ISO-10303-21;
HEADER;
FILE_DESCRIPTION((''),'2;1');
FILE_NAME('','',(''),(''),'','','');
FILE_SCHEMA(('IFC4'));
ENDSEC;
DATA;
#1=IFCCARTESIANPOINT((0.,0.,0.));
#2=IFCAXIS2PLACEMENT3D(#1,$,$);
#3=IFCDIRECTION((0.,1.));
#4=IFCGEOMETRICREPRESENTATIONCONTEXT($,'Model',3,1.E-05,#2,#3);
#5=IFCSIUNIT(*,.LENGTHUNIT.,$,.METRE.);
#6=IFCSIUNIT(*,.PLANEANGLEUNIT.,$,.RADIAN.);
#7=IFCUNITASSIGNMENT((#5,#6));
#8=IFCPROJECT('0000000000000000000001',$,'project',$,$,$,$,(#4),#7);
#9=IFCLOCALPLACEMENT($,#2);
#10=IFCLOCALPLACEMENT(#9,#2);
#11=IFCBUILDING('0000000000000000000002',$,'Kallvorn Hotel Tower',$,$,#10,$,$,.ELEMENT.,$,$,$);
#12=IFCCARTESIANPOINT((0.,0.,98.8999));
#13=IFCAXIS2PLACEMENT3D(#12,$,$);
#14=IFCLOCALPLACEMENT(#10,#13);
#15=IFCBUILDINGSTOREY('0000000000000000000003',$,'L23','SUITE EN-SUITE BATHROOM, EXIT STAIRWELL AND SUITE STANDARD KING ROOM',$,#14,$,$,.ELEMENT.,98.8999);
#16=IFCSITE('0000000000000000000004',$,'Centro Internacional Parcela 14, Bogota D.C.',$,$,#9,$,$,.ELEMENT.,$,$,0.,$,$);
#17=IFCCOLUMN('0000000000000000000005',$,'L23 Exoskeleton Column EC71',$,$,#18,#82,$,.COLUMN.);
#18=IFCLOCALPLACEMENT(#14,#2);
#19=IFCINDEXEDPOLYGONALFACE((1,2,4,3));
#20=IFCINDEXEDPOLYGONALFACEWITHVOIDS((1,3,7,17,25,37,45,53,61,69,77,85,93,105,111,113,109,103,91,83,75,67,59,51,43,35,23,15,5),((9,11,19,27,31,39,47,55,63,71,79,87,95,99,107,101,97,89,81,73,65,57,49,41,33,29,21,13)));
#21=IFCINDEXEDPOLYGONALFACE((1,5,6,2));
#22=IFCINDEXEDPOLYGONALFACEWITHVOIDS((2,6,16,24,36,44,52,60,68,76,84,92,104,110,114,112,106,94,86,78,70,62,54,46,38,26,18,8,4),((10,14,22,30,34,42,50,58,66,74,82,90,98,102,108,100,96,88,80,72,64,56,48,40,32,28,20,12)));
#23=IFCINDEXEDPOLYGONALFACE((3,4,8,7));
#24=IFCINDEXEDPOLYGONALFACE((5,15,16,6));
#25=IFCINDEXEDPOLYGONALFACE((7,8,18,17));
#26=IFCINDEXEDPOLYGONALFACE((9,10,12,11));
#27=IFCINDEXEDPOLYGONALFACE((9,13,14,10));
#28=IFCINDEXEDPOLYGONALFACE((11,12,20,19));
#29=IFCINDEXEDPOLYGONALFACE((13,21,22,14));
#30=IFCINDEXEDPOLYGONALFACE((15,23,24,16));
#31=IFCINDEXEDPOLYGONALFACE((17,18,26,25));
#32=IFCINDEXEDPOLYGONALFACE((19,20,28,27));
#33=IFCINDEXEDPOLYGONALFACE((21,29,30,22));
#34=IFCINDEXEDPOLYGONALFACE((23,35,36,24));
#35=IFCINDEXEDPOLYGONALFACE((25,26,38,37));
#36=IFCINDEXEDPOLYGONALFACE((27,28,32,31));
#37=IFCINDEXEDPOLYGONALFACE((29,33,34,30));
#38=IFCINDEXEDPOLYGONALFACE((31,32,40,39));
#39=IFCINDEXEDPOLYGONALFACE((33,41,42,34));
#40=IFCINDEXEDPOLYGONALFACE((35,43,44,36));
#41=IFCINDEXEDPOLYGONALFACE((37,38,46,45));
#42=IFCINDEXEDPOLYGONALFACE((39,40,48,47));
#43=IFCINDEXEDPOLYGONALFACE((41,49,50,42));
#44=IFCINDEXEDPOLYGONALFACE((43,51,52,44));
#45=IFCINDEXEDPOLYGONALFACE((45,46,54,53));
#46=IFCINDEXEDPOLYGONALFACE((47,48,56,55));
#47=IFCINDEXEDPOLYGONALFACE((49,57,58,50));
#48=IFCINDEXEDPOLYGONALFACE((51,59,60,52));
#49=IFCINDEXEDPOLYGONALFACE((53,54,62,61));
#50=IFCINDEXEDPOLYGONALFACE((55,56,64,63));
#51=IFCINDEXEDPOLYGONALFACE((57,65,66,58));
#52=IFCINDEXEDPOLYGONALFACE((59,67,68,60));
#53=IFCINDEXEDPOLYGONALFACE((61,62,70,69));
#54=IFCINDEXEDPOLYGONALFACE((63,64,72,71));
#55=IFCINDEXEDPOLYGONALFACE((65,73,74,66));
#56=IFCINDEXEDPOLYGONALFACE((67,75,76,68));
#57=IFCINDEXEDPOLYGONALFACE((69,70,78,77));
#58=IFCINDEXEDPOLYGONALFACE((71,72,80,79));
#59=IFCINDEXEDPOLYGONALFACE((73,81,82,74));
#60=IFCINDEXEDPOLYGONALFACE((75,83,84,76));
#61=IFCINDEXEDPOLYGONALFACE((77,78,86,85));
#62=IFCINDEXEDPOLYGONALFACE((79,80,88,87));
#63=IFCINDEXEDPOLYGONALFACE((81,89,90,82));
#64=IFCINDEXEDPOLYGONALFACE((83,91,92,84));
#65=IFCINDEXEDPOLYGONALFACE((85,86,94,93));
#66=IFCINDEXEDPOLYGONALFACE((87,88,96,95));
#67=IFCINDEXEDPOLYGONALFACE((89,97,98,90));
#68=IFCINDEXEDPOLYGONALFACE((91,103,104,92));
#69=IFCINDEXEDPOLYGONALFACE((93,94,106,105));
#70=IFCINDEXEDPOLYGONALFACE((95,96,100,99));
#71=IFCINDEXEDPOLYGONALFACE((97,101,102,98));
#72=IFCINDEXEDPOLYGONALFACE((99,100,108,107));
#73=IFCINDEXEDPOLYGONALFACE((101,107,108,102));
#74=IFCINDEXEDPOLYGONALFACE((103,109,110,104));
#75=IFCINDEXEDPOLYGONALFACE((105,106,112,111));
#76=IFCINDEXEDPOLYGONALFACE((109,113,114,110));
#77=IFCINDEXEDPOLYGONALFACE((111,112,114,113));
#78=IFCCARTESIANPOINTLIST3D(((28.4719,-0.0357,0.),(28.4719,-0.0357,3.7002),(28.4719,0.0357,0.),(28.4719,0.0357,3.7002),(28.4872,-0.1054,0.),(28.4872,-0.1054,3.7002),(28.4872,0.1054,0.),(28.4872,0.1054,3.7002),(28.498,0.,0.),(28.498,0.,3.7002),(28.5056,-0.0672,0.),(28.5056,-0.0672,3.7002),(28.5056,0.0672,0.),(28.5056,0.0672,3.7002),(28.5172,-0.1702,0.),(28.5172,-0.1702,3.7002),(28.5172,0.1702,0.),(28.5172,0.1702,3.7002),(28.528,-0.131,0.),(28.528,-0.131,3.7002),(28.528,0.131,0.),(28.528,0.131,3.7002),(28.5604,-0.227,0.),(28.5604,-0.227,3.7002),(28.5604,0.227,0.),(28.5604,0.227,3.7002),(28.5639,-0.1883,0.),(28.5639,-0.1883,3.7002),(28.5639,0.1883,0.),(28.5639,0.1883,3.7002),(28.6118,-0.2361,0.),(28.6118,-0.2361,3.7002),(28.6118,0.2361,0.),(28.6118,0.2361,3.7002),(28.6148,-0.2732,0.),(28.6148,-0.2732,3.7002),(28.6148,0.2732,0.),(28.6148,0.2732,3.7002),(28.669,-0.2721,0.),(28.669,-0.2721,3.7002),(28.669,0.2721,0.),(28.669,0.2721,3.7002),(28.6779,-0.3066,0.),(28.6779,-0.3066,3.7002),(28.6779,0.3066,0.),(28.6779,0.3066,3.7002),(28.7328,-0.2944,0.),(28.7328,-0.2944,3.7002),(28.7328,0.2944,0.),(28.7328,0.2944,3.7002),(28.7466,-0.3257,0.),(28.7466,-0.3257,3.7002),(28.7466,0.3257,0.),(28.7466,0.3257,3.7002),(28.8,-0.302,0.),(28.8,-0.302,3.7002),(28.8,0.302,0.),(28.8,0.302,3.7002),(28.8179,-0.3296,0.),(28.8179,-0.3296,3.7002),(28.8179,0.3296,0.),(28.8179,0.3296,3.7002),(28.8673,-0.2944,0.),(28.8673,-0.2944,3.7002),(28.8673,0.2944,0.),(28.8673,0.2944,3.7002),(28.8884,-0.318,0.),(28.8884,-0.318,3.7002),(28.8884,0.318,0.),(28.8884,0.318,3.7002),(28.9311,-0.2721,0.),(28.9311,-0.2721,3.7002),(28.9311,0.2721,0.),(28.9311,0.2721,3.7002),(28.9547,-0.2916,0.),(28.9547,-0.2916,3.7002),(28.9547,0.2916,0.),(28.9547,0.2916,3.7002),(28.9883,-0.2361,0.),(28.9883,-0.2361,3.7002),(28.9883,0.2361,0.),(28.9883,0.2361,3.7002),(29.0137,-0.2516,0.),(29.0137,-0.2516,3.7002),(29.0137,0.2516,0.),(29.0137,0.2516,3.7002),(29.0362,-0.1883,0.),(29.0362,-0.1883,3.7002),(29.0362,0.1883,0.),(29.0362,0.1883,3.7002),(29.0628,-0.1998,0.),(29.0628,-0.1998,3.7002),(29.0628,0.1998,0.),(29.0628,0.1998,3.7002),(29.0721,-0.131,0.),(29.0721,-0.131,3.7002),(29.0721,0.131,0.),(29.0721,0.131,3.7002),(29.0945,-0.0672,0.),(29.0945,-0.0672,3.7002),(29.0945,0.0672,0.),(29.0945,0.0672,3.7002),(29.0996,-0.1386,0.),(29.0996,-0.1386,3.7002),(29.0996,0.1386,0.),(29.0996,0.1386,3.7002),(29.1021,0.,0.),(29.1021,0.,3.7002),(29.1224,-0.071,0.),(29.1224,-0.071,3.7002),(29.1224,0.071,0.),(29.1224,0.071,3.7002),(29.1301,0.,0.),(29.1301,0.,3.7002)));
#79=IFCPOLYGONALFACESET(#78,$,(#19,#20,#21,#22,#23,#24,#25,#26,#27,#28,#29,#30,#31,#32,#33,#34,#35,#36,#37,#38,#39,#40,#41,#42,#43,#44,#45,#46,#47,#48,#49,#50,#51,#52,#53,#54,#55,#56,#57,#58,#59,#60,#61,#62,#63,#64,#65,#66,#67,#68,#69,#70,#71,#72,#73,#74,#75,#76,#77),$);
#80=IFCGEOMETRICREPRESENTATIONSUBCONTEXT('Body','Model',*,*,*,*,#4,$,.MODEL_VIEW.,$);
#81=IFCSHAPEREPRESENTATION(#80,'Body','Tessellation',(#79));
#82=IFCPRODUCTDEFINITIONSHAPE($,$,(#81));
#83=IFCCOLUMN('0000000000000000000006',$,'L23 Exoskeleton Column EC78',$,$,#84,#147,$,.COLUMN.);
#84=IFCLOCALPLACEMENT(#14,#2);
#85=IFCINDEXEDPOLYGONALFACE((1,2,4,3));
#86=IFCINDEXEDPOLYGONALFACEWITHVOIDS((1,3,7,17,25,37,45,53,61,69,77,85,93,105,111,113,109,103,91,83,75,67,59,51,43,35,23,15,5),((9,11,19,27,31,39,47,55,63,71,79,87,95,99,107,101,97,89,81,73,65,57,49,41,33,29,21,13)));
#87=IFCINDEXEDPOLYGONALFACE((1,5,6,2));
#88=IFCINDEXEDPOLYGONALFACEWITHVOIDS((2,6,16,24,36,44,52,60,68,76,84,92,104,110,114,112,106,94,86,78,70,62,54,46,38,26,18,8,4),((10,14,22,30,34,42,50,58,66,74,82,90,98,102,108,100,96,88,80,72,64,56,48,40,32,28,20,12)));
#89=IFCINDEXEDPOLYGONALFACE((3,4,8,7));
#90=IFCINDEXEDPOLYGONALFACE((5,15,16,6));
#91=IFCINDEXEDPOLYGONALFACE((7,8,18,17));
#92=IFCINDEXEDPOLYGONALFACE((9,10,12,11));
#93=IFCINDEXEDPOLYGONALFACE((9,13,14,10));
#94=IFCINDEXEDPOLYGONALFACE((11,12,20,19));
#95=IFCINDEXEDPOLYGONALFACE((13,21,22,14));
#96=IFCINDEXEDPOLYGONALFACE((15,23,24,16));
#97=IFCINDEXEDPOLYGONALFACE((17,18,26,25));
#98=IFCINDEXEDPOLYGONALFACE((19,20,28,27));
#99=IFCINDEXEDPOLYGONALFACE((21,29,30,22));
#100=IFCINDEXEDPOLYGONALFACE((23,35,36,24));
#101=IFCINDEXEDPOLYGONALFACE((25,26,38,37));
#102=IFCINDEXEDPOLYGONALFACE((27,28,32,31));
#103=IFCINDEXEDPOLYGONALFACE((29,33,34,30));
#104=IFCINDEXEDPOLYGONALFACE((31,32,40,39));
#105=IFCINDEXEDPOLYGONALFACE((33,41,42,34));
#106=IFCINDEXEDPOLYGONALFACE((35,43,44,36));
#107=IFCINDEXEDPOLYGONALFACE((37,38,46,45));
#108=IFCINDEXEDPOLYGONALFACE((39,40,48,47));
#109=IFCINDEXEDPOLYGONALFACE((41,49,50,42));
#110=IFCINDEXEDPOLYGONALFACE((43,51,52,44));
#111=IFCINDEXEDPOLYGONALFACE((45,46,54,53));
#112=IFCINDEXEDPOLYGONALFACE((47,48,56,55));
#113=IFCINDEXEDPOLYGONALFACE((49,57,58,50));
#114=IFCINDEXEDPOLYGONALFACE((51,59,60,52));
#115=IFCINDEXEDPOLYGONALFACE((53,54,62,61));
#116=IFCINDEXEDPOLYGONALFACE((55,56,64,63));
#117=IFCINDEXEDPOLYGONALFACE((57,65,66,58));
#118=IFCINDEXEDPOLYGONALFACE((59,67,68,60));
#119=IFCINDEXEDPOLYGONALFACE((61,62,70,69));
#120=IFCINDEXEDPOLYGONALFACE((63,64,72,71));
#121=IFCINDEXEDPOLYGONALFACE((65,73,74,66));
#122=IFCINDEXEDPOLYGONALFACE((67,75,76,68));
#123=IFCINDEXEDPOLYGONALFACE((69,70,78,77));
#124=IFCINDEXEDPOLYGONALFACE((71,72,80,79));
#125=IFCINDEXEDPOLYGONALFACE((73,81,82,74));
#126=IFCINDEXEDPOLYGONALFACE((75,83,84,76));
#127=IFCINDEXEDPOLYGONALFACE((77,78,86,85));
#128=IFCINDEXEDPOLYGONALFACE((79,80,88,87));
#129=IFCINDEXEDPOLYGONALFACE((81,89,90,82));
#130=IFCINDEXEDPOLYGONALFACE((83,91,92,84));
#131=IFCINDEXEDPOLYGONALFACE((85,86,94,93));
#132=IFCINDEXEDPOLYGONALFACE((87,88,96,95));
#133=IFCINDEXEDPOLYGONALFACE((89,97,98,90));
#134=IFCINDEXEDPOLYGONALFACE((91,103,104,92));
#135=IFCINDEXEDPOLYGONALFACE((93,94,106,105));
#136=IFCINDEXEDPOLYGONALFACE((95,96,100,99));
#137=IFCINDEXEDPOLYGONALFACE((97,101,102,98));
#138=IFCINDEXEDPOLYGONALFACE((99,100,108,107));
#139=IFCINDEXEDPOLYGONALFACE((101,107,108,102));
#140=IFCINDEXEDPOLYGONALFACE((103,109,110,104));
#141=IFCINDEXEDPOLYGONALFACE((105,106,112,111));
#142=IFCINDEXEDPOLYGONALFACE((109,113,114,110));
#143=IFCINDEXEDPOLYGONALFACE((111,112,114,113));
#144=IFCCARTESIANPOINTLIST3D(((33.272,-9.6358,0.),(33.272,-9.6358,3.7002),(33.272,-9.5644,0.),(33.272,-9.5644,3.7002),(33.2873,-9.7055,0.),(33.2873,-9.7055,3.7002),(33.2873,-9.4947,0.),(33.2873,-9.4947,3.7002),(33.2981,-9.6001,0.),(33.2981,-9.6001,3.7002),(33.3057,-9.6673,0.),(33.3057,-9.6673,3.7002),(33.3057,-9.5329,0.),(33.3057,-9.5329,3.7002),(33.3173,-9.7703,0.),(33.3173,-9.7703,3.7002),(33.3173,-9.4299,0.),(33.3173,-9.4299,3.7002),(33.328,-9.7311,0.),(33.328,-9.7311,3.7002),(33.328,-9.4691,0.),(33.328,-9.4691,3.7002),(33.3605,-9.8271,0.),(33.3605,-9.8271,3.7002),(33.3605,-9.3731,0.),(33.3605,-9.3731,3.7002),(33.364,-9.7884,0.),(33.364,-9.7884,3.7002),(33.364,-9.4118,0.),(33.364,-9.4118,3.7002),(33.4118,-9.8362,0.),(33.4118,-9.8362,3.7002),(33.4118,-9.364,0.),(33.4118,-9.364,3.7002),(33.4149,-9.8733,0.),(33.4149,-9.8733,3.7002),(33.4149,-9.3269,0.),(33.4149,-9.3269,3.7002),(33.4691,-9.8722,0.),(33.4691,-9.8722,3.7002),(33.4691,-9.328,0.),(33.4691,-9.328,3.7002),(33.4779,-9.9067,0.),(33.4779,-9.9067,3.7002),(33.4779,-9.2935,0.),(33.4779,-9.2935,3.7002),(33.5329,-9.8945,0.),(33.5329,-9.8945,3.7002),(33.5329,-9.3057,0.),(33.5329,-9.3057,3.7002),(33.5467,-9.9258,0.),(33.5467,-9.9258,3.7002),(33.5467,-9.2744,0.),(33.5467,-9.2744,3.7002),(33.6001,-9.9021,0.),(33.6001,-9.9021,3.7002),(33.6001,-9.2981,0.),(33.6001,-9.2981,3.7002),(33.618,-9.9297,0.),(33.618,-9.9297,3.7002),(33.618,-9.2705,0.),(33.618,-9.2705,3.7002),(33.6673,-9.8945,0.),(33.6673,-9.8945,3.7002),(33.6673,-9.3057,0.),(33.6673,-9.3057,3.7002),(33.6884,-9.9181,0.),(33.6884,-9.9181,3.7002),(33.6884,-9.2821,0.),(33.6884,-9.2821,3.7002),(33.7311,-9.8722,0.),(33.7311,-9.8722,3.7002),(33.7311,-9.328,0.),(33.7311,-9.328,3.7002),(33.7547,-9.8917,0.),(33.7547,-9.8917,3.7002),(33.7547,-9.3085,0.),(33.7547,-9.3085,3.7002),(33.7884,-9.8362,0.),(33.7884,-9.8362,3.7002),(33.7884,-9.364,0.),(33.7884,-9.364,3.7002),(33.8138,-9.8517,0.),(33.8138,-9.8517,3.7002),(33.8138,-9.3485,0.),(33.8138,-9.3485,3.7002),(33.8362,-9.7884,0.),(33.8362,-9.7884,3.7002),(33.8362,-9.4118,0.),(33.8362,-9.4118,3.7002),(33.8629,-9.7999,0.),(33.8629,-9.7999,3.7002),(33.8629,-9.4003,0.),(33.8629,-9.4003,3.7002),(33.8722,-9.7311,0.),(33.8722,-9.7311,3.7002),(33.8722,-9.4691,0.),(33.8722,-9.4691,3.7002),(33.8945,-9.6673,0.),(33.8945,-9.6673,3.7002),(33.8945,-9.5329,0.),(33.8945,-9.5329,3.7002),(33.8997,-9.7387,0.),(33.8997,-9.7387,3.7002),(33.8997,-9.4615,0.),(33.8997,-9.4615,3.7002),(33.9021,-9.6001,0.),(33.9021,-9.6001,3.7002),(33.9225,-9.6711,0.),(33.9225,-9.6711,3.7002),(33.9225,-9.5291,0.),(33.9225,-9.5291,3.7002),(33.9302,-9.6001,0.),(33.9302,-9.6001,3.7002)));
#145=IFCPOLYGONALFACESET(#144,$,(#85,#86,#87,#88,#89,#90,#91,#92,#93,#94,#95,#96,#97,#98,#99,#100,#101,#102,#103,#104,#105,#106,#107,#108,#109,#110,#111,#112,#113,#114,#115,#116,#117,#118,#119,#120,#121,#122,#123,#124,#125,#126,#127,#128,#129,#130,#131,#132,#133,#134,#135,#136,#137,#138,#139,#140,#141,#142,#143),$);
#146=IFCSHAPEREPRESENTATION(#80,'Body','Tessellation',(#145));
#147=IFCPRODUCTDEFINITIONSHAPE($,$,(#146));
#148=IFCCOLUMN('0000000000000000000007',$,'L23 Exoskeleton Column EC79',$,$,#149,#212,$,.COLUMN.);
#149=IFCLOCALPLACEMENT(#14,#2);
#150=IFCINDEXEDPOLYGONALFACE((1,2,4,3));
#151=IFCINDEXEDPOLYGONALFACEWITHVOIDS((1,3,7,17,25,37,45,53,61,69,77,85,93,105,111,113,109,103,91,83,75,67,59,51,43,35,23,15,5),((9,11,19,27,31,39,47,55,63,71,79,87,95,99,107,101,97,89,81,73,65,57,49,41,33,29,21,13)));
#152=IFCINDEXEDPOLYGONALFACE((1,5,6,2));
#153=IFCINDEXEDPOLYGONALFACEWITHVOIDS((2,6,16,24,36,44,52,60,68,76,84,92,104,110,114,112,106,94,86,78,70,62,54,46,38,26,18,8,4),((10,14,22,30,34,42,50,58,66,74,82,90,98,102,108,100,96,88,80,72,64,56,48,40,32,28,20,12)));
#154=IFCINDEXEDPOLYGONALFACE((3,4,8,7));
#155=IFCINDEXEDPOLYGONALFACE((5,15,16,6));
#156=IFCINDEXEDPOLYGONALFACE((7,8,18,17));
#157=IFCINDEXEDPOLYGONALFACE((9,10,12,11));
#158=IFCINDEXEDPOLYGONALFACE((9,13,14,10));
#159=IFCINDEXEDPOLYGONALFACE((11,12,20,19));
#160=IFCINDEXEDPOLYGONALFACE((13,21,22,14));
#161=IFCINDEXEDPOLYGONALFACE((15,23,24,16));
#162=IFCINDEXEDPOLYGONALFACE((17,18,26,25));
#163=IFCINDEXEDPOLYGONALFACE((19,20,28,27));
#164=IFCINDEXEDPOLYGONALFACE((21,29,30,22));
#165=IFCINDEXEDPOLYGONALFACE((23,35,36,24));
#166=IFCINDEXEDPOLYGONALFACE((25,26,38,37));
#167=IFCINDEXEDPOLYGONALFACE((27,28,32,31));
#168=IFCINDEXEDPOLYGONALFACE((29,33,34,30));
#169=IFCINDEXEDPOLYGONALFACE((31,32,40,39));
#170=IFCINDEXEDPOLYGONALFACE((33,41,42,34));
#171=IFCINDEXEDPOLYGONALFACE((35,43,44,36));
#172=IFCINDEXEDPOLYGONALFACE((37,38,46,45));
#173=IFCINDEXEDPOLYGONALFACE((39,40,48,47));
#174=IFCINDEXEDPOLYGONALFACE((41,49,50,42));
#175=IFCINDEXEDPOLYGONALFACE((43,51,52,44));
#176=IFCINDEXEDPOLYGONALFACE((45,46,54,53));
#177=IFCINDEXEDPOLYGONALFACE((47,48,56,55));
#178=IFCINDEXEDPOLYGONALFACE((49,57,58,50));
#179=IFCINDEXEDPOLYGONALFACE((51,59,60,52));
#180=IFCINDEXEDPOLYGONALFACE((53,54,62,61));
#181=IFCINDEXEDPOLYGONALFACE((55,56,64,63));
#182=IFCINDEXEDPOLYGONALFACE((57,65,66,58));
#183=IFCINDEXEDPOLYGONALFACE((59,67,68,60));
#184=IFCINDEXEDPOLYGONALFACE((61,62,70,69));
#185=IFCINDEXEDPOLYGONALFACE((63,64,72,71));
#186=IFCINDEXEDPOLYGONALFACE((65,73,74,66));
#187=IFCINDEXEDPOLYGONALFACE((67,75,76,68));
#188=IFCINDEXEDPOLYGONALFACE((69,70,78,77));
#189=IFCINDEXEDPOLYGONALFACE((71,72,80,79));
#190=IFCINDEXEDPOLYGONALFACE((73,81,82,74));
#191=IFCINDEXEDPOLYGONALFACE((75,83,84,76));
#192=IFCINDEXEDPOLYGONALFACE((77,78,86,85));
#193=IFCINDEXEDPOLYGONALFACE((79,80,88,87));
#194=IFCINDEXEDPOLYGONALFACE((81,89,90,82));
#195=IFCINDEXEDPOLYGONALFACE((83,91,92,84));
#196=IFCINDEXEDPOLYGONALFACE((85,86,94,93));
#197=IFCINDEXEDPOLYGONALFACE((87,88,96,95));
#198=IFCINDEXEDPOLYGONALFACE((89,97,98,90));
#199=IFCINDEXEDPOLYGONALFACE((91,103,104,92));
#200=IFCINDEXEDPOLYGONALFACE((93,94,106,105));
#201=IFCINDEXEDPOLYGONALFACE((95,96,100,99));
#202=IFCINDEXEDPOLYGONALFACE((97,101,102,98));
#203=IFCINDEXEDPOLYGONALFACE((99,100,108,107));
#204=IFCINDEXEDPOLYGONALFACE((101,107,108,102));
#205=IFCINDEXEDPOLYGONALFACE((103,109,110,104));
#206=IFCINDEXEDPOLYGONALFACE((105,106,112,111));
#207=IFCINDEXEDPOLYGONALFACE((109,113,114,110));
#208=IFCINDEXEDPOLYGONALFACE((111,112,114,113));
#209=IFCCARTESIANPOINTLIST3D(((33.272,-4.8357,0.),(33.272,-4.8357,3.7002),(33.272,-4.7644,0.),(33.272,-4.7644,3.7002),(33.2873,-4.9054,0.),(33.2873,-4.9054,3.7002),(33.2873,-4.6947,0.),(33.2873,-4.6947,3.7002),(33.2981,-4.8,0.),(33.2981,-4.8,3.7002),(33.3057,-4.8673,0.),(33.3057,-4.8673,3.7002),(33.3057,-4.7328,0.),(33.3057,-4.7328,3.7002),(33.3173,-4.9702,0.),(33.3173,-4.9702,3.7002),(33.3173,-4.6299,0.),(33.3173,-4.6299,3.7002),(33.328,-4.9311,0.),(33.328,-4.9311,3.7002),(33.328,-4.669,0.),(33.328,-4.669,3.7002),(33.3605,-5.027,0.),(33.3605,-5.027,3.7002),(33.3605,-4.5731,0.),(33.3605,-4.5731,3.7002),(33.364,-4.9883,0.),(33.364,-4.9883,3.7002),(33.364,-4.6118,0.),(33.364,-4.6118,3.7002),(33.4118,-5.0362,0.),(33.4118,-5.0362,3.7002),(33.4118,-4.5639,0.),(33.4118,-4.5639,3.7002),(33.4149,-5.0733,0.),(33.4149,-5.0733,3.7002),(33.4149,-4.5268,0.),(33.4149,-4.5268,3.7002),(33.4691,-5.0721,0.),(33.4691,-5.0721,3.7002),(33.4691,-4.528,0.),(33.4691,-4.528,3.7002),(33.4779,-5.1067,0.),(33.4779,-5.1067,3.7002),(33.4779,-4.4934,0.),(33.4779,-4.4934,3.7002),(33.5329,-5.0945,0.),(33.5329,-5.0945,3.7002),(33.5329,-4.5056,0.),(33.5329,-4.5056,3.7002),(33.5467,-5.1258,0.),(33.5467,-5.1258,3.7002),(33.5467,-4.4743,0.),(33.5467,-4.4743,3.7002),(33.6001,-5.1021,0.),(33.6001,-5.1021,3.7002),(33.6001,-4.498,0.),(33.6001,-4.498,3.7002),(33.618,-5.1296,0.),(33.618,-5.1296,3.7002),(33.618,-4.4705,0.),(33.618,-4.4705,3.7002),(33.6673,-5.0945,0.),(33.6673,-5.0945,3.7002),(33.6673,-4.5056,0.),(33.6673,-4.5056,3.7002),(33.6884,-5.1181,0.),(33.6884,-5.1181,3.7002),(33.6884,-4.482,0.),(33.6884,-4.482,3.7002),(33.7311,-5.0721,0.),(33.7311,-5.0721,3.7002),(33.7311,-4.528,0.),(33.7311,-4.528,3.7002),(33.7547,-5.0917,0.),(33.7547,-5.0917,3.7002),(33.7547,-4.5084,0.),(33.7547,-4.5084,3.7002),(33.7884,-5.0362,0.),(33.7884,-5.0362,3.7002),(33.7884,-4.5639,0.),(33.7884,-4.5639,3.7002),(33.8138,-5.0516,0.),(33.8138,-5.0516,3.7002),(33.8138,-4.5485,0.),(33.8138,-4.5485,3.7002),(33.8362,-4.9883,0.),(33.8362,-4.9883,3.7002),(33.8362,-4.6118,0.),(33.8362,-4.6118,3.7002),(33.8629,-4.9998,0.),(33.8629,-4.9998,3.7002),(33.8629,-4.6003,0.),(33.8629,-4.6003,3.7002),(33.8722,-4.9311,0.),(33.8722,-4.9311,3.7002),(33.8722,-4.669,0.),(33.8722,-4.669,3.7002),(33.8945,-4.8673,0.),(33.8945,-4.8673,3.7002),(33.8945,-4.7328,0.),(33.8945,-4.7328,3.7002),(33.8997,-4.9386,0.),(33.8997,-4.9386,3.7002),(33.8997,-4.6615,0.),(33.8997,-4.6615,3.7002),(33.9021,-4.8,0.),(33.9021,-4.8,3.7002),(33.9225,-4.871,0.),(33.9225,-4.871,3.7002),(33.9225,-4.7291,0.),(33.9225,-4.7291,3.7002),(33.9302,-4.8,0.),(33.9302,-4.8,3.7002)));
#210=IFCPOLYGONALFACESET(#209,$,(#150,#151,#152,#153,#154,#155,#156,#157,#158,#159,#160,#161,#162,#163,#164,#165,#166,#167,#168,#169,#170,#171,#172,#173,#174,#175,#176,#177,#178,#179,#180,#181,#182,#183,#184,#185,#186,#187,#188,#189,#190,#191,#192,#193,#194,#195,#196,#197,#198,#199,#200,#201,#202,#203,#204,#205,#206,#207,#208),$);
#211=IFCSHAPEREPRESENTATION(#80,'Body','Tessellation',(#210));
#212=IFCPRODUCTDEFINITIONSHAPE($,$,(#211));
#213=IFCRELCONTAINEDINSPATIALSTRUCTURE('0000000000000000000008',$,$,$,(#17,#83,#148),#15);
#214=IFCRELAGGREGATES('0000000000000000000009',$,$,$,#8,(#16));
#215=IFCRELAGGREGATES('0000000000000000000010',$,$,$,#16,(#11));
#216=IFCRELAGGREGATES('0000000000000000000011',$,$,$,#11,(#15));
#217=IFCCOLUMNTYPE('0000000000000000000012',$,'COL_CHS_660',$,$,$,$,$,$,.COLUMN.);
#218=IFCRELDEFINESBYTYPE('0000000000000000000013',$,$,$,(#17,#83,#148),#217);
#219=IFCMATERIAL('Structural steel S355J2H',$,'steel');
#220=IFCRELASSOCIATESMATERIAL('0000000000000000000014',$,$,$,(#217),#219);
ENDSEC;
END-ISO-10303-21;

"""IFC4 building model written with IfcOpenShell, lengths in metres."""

from ifc_helpers import new_model, si_unit, direction, frame, origin, origin_2d, place, context, subcontext, project, spatial, hollow_circle, extrude, material, material_profile, profile_set, type_object, element, save


model = new_model("IFC4")

# Units and contexts
model_context = context("Model", 3, precision=1e-05, world=origin(), true_north=direction((0.0, 1.0)))
body_context = subcontext(model_context, "Body", "Model", "MODEL_VIEW")
ifc_project = project(units=[si_unit("LENGTHUNIT", "METRE"), si_unit("PLANEANGLEUNIT", "RADIAN")], contexts=[model_context])

# Site, building, storey
site_placement = place(None, origin())
site = spatial("IfcSite", under=ifc_project, at=site_placement, Name="Centro Internacional Parcela 14, Bogota D.C.", CompositionType="ELEMENT", RefElevation=0.0)
building_placement = place(site_placement, origin())
building = spatial("IfcBuilding", under=site, at=building_placement, Name="Kallvorn Hotel Tower", CompositionType="ELEMENT")
storey_placement = place(building_placement, frame((0.0, 0.0, 98.8999)))
storey = spatial("IfcBuildingStorey", under=building, at=storey_placement, Name="L23", Description="SUITE EN-SUITE BATHROOM, EXIT STAIRWELL AND SUITE STANDARD KING ROOM", CompositionType="ELEMENT", Elevation=98.8999)

# Columns
ifc_material_1 = material(Name="Structural steel S355J2H", Category="steel")
ifc_material_profile_1 = material_profile(ifc_material_1, hollow_circle(Radius=0.3301, WallThickness=0.0281, at=origin_2d()), Name="CHS 660x28")
ifc_profile_set_1 = profile_set([ifc_material_profile_1], Name="Structural steel S355J2H")
column_type_1 = type_object("IfcColumnType", Name="COL_CHS_660", PredefinedType="COLUMN", material=ifc_profile_set_1)
for number, where, z_axis, x_axis, name in (
    (1, (28.8, 0.0, 0.0), (0.0, 0.0, 1.0), (1.0, 0.0, 0.0), "L23 Exoskeleton Column EC71"),
    (2, (33.6001, -9.6001, 0.0), (0.0, 0.0, 1.0), (1.0, 0.0, 0.0), "L23 Exoskeleton Column EC78"),
    (3, (33.6001, -4.8, 0.0), (0.0, 0.0, 1.0), (1.0, 0.0, 0.0), "L23 Exoskeleton Column EC79"),
):
    element("IfcColumn", number, at=place(storey_placement, frame(where, z_axis=z_axis, x_axis=x_axis)), inside=storey, type_object=column_type_1, Name=name, PredefinedType="COLUMN", context=body_context, shape_type="SweptSolid", body=[
        extrude(hollow_circle(Radius=0.3301, WallThickness=0.0281, at=origin_2d()), origin(), (0.0, 0.0, 1.0), 3.7002),
    ])

save(model, "model.ifc")
